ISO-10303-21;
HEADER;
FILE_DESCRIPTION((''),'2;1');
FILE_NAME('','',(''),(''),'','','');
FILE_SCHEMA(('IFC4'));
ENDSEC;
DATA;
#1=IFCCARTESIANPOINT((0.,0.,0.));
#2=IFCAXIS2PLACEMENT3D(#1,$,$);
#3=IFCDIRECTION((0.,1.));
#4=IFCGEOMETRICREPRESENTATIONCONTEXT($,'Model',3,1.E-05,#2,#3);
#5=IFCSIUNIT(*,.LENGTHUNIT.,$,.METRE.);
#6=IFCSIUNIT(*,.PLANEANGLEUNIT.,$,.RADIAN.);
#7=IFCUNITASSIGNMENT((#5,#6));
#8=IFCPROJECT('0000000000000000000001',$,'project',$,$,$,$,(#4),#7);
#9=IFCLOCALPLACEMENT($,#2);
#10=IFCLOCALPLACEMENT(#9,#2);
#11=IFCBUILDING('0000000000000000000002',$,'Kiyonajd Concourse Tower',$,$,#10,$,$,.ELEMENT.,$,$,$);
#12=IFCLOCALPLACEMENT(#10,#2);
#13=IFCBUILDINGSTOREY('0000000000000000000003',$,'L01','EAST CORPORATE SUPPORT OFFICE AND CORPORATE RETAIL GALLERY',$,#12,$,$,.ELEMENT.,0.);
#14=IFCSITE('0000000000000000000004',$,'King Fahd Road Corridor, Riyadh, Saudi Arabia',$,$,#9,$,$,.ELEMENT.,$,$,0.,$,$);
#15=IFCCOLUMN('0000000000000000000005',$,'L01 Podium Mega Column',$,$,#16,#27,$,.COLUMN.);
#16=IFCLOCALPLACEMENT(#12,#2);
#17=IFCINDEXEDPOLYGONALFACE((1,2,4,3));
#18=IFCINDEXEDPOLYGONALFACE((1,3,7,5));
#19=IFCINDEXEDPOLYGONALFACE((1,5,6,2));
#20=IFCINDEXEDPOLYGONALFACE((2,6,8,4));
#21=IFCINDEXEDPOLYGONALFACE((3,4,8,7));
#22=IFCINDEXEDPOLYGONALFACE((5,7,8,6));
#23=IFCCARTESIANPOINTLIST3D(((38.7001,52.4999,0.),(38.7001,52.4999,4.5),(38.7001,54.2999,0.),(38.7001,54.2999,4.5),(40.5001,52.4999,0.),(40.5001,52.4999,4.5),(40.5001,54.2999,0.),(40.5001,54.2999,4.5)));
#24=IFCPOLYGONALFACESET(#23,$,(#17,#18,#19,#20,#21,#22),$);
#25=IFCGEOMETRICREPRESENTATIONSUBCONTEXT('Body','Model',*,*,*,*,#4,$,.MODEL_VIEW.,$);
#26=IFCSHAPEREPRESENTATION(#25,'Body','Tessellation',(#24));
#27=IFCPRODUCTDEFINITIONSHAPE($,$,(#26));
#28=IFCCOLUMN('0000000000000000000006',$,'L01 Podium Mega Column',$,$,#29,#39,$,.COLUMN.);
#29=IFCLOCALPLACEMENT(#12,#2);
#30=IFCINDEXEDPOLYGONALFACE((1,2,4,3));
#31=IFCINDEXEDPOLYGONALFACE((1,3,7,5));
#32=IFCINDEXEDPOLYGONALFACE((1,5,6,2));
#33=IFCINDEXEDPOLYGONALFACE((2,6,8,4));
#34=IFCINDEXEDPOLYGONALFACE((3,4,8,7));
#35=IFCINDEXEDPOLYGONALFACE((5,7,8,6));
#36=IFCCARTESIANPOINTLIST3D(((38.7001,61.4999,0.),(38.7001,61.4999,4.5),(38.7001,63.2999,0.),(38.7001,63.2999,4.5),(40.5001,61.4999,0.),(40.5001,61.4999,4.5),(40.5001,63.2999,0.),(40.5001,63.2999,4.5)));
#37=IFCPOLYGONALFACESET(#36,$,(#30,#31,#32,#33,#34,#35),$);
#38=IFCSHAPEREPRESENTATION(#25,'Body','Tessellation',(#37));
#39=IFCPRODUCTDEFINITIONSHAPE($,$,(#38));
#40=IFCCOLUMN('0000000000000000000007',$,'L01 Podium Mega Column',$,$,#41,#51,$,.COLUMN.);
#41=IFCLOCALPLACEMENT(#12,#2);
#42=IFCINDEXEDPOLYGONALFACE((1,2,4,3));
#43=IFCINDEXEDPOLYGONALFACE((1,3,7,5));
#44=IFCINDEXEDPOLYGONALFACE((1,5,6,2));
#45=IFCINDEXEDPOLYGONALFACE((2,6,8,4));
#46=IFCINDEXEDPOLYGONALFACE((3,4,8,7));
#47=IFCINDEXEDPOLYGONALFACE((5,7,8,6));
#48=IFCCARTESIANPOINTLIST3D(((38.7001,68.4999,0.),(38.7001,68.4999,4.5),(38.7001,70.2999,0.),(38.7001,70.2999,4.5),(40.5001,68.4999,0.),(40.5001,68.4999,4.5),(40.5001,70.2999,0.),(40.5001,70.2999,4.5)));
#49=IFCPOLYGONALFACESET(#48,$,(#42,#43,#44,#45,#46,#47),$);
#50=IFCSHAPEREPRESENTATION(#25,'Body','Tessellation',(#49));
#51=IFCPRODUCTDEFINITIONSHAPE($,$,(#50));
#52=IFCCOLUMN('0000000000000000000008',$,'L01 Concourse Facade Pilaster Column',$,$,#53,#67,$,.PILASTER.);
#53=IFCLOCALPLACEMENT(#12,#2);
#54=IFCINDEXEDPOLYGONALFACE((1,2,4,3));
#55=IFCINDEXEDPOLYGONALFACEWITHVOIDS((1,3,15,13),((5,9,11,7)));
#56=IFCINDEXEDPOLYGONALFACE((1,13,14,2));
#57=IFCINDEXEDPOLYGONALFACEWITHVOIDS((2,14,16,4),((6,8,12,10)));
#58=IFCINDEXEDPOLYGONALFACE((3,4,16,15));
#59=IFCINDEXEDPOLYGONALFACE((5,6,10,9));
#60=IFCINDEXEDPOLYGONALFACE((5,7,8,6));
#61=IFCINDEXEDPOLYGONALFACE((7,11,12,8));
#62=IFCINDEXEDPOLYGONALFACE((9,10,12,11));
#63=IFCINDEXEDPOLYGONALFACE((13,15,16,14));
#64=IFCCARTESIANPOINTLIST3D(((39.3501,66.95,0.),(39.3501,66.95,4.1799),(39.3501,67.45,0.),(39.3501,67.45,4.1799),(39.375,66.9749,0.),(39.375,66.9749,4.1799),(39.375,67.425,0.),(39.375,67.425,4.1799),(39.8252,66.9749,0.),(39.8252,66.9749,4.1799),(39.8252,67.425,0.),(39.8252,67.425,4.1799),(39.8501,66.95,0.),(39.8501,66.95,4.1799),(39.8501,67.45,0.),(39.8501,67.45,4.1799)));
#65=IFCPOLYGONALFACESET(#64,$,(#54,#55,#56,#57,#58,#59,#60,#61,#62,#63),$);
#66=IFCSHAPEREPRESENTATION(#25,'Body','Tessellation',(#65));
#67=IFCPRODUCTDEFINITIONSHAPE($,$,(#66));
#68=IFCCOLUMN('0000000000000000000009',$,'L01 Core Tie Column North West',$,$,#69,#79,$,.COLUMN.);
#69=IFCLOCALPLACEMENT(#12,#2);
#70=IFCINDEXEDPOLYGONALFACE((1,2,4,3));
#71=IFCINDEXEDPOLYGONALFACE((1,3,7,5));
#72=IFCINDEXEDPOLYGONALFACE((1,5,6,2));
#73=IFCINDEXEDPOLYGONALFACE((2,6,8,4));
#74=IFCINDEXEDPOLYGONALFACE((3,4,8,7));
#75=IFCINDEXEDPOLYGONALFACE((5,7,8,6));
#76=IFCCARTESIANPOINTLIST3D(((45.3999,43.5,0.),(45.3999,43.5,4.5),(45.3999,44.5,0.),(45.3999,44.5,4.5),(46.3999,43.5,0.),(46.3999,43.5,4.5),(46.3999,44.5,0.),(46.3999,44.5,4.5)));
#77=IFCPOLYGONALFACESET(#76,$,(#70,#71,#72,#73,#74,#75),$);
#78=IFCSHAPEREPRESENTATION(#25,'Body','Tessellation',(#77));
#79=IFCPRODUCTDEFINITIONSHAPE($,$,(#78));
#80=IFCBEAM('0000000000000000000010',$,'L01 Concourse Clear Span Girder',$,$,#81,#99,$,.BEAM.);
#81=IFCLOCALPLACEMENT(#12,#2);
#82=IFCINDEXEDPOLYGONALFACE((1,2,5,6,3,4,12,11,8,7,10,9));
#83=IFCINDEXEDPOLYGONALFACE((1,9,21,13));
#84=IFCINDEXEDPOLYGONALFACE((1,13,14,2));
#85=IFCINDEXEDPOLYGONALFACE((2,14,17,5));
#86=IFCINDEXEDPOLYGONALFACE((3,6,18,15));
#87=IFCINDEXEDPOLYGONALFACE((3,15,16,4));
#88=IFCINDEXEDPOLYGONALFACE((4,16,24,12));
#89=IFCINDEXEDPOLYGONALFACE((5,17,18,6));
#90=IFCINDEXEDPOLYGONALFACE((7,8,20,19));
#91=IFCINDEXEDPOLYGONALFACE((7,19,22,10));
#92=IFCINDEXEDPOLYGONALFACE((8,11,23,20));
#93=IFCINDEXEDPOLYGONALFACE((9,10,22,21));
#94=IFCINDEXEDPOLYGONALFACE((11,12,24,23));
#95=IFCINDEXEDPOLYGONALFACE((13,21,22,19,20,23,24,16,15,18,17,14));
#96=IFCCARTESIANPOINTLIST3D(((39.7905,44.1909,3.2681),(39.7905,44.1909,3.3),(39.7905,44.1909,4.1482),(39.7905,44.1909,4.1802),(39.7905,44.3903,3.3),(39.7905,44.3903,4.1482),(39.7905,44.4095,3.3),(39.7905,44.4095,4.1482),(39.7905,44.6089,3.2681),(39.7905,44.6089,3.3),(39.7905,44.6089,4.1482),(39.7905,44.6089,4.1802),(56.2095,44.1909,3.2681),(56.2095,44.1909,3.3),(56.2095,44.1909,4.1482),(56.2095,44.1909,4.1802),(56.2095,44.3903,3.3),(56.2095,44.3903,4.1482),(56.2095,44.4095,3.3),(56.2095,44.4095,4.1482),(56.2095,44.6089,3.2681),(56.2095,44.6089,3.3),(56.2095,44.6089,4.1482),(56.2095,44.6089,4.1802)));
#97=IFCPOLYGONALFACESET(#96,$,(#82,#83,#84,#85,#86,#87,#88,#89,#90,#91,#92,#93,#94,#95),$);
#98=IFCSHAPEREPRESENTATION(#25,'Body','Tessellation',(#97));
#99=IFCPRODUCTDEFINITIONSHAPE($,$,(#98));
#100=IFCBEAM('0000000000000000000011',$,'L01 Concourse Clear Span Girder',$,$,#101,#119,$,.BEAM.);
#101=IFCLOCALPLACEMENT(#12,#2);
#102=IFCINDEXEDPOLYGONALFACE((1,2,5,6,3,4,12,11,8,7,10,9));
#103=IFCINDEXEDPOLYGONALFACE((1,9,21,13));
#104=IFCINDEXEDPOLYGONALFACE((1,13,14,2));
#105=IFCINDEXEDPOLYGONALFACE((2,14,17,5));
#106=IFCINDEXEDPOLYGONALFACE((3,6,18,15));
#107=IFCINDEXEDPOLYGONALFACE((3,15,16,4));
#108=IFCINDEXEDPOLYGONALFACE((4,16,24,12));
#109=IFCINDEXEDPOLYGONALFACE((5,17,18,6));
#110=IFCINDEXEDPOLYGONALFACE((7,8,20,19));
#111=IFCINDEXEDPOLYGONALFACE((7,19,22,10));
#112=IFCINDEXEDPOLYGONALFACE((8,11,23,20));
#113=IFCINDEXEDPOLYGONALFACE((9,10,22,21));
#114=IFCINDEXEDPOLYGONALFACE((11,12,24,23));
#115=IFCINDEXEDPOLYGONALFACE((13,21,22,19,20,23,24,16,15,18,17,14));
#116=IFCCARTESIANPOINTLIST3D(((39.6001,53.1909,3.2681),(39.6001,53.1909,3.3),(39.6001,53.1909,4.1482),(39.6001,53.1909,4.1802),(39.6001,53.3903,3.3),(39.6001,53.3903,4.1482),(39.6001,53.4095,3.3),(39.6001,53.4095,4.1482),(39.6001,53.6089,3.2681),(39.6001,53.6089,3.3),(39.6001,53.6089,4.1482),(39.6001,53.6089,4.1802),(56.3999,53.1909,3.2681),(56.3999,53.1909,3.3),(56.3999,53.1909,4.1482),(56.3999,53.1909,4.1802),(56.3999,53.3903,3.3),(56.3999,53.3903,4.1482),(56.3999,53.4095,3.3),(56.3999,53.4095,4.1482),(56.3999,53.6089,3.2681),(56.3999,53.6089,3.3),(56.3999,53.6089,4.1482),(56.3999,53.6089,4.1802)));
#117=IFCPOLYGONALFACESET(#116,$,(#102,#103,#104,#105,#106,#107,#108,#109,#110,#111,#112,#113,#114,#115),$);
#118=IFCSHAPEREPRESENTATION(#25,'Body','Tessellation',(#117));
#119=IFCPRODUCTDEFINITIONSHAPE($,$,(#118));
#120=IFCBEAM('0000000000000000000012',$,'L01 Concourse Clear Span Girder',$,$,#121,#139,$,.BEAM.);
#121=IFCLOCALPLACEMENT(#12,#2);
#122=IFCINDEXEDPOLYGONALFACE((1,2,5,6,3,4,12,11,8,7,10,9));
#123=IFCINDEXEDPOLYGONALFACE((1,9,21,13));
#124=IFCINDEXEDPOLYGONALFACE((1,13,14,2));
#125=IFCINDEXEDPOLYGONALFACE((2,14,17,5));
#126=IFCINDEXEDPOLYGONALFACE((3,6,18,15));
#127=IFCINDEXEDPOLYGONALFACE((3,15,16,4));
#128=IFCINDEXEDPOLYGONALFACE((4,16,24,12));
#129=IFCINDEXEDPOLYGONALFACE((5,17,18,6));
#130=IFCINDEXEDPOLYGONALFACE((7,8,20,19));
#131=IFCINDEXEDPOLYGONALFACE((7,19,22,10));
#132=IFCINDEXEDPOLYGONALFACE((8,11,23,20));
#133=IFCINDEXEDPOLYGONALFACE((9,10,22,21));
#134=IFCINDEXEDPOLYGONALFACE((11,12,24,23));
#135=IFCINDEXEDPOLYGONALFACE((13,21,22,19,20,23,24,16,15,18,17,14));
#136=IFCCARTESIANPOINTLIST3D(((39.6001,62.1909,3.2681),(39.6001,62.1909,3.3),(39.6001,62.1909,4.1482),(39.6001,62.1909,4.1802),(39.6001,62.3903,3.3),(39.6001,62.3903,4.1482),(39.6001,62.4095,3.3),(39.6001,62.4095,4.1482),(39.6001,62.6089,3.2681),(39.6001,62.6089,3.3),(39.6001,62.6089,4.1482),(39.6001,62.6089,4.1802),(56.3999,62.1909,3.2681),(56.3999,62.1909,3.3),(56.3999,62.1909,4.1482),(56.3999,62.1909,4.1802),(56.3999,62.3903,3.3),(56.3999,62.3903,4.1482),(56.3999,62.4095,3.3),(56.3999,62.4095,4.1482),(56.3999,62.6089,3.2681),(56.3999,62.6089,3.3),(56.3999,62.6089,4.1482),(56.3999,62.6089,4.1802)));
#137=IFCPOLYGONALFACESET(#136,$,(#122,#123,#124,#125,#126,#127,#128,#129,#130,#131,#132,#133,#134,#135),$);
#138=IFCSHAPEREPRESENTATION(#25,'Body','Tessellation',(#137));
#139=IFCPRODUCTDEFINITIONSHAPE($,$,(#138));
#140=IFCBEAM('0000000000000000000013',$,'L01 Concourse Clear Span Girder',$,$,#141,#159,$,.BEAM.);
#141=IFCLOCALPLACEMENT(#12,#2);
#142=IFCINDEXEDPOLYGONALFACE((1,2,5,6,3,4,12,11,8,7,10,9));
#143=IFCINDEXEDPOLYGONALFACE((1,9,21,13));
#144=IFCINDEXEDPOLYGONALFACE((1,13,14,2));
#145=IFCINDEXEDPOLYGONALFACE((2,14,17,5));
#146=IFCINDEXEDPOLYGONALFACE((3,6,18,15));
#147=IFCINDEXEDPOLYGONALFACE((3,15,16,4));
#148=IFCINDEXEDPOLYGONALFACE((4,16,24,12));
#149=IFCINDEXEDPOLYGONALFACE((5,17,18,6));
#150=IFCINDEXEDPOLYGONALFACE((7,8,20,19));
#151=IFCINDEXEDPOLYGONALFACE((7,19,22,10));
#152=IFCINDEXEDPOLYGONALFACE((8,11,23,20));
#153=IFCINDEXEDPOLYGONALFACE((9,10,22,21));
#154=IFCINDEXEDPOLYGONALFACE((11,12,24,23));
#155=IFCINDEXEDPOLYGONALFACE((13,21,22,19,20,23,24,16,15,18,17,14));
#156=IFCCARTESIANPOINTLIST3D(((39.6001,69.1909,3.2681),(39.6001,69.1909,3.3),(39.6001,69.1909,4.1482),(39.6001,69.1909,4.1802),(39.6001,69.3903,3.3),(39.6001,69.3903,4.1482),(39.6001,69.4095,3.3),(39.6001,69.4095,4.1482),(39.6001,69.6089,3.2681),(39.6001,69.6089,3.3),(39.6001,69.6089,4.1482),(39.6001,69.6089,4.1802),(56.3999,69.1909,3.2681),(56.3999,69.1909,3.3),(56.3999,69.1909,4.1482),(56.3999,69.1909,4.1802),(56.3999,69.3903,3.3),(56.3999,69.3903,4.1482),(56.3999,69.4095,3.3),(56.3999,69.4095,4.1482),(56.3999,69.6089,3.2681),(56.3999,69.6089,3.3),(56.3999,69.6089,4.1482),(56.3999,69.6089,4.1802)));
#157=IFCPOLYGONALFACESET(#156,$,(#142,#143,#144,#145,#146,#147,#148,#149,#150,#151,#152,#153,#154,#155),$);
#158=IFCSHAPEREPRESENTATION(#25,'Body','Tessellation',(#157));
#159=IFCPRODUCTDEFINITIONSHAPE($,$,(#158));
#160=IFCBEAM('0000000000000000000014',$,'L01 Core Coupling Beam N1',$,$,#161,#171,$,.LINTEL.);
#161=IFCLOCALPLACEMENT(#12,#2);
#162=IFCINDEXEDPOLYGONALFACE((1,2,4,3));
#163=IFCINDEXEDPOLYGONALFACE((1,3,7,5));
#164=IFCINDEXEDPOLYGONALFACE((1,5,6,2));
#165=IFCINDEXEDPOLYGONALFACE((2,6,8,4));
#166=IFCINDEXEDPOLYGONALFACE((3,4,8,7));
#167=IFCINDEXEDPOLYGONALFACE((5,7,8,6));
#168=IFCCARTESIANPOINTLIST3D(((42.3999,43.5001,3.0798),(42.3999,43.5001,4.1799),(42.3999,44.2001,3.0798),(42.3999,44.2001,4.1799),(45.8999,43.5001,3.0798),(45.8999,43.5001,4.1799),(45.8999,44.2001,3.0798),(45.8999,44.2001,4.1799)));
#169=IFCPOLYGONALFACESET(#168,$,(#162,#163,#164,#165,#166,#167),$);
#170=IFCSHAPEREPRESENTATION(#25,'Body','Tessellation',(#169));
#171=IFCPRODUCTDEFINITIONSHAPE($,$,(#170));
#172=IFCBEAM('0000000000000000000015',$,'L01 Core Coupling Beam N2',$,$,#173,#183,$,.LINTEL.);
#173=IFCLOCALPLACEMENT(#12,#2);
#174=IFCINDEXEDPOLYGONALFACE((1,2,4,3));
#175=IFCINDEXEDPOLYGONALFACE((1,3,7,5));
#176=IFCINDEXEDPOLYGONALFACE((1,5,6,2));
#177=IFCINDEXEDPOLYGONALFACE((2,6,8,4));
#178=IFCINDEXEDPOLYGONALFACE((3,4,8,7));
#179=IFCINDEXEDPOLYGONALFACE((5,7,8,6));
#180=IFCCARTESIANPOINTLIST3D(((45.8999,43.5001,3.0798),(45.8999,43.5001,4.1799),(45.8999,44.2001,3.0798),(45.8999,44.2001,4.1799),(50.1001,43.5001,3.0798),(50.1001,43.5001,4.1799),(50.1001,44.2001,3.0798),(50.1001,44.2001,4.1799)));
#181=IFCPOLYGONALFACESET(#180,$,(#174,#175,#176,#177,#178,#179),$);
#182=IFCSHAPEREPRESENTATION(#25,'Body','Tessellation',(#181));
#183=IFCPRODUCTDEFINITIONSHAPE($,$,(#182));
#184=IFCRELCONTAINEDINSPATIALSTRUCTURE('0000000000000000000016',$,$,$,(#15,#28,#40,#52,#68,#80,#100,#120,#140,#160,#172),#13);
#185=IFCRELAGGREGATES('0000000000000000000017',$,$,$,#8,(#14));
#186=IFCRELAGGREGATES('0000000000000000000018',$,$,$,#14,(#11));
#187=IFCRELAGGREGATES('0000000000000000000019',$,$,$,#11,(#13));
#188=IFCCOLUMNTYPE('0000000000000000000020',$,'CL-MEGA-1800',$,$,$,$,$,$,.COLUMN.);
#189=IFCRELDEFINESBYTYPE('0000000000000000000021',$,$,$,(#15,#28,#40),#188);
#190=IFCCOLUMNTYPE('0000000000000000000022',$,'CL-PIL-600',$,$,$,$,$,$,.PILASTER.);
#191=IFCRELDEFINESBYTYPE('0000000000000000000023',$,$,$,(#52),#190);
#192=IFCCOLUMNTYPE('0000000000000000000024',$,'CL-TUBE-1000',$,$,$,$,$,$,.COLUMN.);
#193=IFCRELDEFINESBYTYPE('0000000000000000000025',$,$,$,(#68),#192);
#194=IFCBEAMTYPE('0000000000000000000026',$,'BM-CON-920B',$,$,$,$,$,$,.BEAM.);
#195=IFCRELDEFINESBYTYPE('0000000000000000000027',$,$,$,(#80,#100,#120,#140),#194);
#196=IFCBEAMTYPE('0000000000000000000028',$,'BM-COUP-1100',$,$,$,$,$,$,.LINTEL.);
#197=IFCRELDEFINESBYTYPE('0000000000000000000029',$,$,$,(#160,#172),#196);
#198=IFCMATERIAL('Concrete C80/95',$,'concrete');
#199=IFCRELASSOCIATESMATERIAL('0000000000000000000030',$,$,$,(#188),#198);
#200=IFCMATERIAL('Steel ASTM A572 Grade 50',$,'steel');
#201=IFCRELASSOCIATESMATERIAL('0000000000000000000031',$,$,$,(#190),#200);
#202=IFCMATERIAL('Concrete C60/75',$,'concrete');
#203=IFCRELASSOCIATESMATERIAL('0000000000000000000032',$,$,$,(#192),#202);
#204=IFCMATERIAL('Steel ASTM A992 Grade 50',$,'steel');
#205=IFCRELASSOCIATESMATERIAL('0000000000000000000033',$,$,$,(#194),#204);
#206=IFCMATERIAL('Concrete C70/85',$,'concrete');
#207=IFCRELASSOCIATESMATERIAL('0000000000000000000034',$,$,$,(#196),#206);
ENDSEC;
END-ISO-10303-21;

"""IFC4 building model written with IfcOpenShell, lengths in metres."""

from ifc_helpers import new_model, si_unit, direction, frame, origin, origin_2d, place, context, subcontext, project, spatial, rectangle, hollow_rectangle, i_section, extrude, material, material_profile, profile_set, type_object, element, save


model = new_model("IFC4")

# Units and contexts
model_context = context("Model", 3, precision=1e-05, world=origin(), true_north=direction((0.0, 1.0)))
body_context = subcontext(model_context, "Body", "Model", "MODEL_VIEW")
ifc_project = project(units=[si_unit("LENGTHUNIT", "METRE"), si_unit("PLANEANGLEUNIT", "RADIAN")], contexts=[model_context])

# Site, building, storey
site_placement = place(None, origin())
site = spatial("IfcSite", under=ifc_project, at=site_placement, Name="King Fahd Road Corridor, Riyadh, Saudi Arabia", CompositionType="ELEMENT", RefElevation=0.0)
building_placement = place(site_placement, origin())
building = spatial("IfcBuilding", under=site, at=building_placement, Name="Kiyonajd Concourse Tower", CompositionType="ELEMENT")
storey_placement = place(building_placement, origin())
storey = spatial("IfcBuildingStorey", under=building, at=storey_placement, Name="L01", Description="EAST CORPORATE SUPPORT OFFICE AND CORPORATE RETAIL GALLERY", CompositionType="ELEMENT", Elevation=0.0)

# Columns
ifc_material_1 = material(Name="Concrete C80/95", Category="concrete")
ifc_material_profile_1 = material_profile(ifc_material_1, rectangle(XDim=1.8, YDim=1.8, at=origin_2d()), Name="RC-1800x1800")
ifc_profile_set_1 = profile_set([ifc_material_profile_1], Name="Concrete C80/95")
column_type_1 = type_object("IfcColumnType", Name="CL-MEGA-1800", PredefinedType="COLUMN", material=ifc_profile_set_1)
for number, where, z_axis, x_axis, name in (
    (1, (39.6001, 53.3999, 0.0), (0.0, 0.0, 1.0), (1.0, 0.0, 0.0), "L01 Podium Mega Column"),
    (2, (39.6001, 62.3999, 0.0), (0.0, 0.0, 1.0), (1.0, 0.0, 0.0), "L01 Podium Mega Column"),
    (3, (39.6001, 69.3999, 0.0), (0.0, 0.0, 1.0), (1.0, 0.0, 0.0), "L01 Podium Mega Column"),
):
    element("IfcColumn", number, at=place(storey_placement, frame(where, z_axis=z_axis, x_axis=x_axis)), inside=storey, type_object=column_type_1, Name=name, PredefinedType="COLUMN", context=body_context, shape_type="SweptSolid", body=[
        extrude(rectangle(XDim=1.8, YDim=1.8, at=origin_2d()), origin(), (0.0, 0.0, 1.0), 4.5),
    ])
ifc_material_2 = material(Name="Steel ASTM A572 Grade 50", Category="steel")
ifc_material_profile_2 = material_profile(ifc_material_2, hollow_rectangle(XDim=0.5, YDim=0.5, WallThickness=0.0249, at=origin_2d()), Name="HSS-500x500x25")
ifc_profile_set_2 = profile_set([ifc_material_profile_2], Name="Steel ASTM A572 Grade 50")
column_type_2 = type_object("IfcColumnType", Name="CL-PIL-600", PredefinedType="PILASTER", material=ifc_profile_set_2)
column_1_placement = place(storey_placement, frame((39.6001, 67.2, 0.0), z_axis=(0.0, 0.0, 1.0), x_axis=(1.0, 0.0, 0.0)))
element("IfcColumn", 4, at=column_1_placement, inside=storey, type_object=column_type_2, Name="L01 Concourse Facade Pilaster Column", PredefinedType="PILASTER", context=body_context, shape_type="SweptSolid", body=[
    extrude(hollow_rectangle(XDim=0.5, YDim=0.5, WallThickness=0.0249, at=origin_2d()), origin(), (0.0, 0.0, 1.0), 4.1799),
])
ifc_material_3 = material(Name="Concrete C60/75", Category="concrete")
ifc_material_profile_3 = material_profile(ifc_material_3, rectangle(XDim=1.0, YDim=1.0, at=origin_2d()), Name="RC-1000x1000")
ifc_profile_set_3 = profile_set([ifc_material_profile_3], Name="Concrete C60/75")
column_type_3 = type_object("IfcColumnType", Name="CL-TUBE-1000", PredefinedType="COLUMN", material=ifc_profile_set_3)
column_2_placement = place(storey_placement, frame((45.8999, 44.0, 0.0), z_axis=(0.0, 0.0, 1.0), x_axis=(1.0, 0.0, 0.0)))
element("IfcColumn", 5, at=column_2_placement, inside=storey, type_object=column_type_3, Name="L01 Core Tie Column North West", PredefinedType="COLUMN", context=body_context, shape_type="SweptSolid", body=[
    extrude(rectangle(XDim=1.0, YDim=1.0, at=origin_2d()), origin(), (0.0, 0.0, 1.0), 4.5),
])

# Beams
ifc_material_4 = material(Name="Steel ASTM A992 Grade 50", Category="steel")
ifc_material_profile_4 = material_profile(ifc_material_4, i_section(OverallWidth=0.418, OverallDepth=0.9121, WebThickness=0.0193, FlangeThickness=0.032, at=origin_2d()), Name="W920X342")
ifc_profile_set_4 = profile_set([ifc_material_profile_4], Name="Steel ASTM A992 Grade 50")
beam_type_1 = type_object("IfcBeamType", Name="BM-CON-920B", PredefinedType="BEAM", material=ifc_profile_set_4)
beam_1_placement = place(storey_placement, frame((39.7905, 44.3999, 3.7241), z_axis=(1.0, 0.0, 0.0), x_axis=(0.0, 1.0, 0.0)))
element("IfcBeam", 6, at=beam_1_placement, inside=storey, type_object=beam_type_1, Name="L01 Concourse Clear Span Girder", PredefinedType="BEAM", context=body_context, shape_type="SweptSolid", body=[
    extrude(i_section(OverallWidth=0.418, OverallDepth=0.9121, WebThickness=0.0193, FlangeThickness=0.032, at=origin_2d()), origin(), (0.0, 0.0, 1.0), 16.4189),
])
for number, where, z_axis, x_axis, name in (
    (7, (39.6001, 53.3999, 3.7241), (1.0, 0.0, 0.0), (0.0, 1.0, 0.0), "L01 Concourse Clear Span Girder"),
    (8, (39.6001, 62.3999, 3.7241), (1.0, 0.0, 0.0), (0.0, 1.0, 0.0), "L01 Concourse Clear Span Girder"),
    (9, (39.6001, 69.3999, 3.7241), (1.0, 0.0, 0.0), (0.0, 1.0, 0.0), "L01 Concourse Clear Span Girder"),
):
    element("IfcBeam", number, at=place(storey_placement, frame(where, z_axis=z_axis, x_axis=x_axis)), inside=storey, type_object=beam_type_1, Name=name, PredefinedType="BEAM", context=body_context, shape_type="SweptSolid", body=[
        extrude(i_section(OverallWidth=0.418, OverallDepth=0.9121, WebThickness=0.0193, FlangeThickness=0.032, at=origin_2d()), origin(), (0.0, 0.0, 1.0), 16.7998),
    ])
ifc_material_5 = material(Name="Concrete C70/85", Category="concrete")
ifc_material_profile_5 = material_profile(ifc_material_5, rectangle(XDim=0.7, YDim=1.1001, at=origin_2d()), Name="RCBM-700x1100")
ifc_profile_set_5 = profile_set([ifc_material_profile_5], Name="Concrete C70/85")
beam_type_2 = type_object("IfcBeamType", Name="BM-COUP-1100", PredefinedType="LINTEL", material=ifc_profile_set_5)
beam_2_placement = place(storey_placement, frame((42.3999, 43.8501, 3.6299), z_axis=(1.0, 0.0, 0.0), x_axis=(0.0, 1.0, 0.0)))
element("IfcBeam", 10, at=beam_2_placement, inside=storey, type_object=beam_type_2, Name="L01 Core Coupling Beam N1", PredefinedType="LINTEL", context=body_context, shape_type="SweptSolid", body=[
    extrude(rectangle(XDim=0.7, YDim=1.1001, at=origin_2d()), origin(), (0.0, 0.0, 1.0), 3.5),
])
beam_3_placement = place(storey_placement, frame((45.8999, 43.8501, 3.6299), z_axis=(1.0, 0.0, 0.0), x_axis=(0.0, 1.0, 0.0)))
element("IfcBeam", 11, at=beam_3_placement, inside=storey, type_object=beam_type_2, Name="L01 Core Coupling Beam N2", PredefinedType="LINTEL", context=body_context, shape_type="SweptSolid", body=[
    extrude(rectangle(XDim=0.7, YDim=1.1001, at=origin_2d()), origin(), (0.0, 0.0, 1.0), 4.2002),
])

save(model, "model.ifc")
